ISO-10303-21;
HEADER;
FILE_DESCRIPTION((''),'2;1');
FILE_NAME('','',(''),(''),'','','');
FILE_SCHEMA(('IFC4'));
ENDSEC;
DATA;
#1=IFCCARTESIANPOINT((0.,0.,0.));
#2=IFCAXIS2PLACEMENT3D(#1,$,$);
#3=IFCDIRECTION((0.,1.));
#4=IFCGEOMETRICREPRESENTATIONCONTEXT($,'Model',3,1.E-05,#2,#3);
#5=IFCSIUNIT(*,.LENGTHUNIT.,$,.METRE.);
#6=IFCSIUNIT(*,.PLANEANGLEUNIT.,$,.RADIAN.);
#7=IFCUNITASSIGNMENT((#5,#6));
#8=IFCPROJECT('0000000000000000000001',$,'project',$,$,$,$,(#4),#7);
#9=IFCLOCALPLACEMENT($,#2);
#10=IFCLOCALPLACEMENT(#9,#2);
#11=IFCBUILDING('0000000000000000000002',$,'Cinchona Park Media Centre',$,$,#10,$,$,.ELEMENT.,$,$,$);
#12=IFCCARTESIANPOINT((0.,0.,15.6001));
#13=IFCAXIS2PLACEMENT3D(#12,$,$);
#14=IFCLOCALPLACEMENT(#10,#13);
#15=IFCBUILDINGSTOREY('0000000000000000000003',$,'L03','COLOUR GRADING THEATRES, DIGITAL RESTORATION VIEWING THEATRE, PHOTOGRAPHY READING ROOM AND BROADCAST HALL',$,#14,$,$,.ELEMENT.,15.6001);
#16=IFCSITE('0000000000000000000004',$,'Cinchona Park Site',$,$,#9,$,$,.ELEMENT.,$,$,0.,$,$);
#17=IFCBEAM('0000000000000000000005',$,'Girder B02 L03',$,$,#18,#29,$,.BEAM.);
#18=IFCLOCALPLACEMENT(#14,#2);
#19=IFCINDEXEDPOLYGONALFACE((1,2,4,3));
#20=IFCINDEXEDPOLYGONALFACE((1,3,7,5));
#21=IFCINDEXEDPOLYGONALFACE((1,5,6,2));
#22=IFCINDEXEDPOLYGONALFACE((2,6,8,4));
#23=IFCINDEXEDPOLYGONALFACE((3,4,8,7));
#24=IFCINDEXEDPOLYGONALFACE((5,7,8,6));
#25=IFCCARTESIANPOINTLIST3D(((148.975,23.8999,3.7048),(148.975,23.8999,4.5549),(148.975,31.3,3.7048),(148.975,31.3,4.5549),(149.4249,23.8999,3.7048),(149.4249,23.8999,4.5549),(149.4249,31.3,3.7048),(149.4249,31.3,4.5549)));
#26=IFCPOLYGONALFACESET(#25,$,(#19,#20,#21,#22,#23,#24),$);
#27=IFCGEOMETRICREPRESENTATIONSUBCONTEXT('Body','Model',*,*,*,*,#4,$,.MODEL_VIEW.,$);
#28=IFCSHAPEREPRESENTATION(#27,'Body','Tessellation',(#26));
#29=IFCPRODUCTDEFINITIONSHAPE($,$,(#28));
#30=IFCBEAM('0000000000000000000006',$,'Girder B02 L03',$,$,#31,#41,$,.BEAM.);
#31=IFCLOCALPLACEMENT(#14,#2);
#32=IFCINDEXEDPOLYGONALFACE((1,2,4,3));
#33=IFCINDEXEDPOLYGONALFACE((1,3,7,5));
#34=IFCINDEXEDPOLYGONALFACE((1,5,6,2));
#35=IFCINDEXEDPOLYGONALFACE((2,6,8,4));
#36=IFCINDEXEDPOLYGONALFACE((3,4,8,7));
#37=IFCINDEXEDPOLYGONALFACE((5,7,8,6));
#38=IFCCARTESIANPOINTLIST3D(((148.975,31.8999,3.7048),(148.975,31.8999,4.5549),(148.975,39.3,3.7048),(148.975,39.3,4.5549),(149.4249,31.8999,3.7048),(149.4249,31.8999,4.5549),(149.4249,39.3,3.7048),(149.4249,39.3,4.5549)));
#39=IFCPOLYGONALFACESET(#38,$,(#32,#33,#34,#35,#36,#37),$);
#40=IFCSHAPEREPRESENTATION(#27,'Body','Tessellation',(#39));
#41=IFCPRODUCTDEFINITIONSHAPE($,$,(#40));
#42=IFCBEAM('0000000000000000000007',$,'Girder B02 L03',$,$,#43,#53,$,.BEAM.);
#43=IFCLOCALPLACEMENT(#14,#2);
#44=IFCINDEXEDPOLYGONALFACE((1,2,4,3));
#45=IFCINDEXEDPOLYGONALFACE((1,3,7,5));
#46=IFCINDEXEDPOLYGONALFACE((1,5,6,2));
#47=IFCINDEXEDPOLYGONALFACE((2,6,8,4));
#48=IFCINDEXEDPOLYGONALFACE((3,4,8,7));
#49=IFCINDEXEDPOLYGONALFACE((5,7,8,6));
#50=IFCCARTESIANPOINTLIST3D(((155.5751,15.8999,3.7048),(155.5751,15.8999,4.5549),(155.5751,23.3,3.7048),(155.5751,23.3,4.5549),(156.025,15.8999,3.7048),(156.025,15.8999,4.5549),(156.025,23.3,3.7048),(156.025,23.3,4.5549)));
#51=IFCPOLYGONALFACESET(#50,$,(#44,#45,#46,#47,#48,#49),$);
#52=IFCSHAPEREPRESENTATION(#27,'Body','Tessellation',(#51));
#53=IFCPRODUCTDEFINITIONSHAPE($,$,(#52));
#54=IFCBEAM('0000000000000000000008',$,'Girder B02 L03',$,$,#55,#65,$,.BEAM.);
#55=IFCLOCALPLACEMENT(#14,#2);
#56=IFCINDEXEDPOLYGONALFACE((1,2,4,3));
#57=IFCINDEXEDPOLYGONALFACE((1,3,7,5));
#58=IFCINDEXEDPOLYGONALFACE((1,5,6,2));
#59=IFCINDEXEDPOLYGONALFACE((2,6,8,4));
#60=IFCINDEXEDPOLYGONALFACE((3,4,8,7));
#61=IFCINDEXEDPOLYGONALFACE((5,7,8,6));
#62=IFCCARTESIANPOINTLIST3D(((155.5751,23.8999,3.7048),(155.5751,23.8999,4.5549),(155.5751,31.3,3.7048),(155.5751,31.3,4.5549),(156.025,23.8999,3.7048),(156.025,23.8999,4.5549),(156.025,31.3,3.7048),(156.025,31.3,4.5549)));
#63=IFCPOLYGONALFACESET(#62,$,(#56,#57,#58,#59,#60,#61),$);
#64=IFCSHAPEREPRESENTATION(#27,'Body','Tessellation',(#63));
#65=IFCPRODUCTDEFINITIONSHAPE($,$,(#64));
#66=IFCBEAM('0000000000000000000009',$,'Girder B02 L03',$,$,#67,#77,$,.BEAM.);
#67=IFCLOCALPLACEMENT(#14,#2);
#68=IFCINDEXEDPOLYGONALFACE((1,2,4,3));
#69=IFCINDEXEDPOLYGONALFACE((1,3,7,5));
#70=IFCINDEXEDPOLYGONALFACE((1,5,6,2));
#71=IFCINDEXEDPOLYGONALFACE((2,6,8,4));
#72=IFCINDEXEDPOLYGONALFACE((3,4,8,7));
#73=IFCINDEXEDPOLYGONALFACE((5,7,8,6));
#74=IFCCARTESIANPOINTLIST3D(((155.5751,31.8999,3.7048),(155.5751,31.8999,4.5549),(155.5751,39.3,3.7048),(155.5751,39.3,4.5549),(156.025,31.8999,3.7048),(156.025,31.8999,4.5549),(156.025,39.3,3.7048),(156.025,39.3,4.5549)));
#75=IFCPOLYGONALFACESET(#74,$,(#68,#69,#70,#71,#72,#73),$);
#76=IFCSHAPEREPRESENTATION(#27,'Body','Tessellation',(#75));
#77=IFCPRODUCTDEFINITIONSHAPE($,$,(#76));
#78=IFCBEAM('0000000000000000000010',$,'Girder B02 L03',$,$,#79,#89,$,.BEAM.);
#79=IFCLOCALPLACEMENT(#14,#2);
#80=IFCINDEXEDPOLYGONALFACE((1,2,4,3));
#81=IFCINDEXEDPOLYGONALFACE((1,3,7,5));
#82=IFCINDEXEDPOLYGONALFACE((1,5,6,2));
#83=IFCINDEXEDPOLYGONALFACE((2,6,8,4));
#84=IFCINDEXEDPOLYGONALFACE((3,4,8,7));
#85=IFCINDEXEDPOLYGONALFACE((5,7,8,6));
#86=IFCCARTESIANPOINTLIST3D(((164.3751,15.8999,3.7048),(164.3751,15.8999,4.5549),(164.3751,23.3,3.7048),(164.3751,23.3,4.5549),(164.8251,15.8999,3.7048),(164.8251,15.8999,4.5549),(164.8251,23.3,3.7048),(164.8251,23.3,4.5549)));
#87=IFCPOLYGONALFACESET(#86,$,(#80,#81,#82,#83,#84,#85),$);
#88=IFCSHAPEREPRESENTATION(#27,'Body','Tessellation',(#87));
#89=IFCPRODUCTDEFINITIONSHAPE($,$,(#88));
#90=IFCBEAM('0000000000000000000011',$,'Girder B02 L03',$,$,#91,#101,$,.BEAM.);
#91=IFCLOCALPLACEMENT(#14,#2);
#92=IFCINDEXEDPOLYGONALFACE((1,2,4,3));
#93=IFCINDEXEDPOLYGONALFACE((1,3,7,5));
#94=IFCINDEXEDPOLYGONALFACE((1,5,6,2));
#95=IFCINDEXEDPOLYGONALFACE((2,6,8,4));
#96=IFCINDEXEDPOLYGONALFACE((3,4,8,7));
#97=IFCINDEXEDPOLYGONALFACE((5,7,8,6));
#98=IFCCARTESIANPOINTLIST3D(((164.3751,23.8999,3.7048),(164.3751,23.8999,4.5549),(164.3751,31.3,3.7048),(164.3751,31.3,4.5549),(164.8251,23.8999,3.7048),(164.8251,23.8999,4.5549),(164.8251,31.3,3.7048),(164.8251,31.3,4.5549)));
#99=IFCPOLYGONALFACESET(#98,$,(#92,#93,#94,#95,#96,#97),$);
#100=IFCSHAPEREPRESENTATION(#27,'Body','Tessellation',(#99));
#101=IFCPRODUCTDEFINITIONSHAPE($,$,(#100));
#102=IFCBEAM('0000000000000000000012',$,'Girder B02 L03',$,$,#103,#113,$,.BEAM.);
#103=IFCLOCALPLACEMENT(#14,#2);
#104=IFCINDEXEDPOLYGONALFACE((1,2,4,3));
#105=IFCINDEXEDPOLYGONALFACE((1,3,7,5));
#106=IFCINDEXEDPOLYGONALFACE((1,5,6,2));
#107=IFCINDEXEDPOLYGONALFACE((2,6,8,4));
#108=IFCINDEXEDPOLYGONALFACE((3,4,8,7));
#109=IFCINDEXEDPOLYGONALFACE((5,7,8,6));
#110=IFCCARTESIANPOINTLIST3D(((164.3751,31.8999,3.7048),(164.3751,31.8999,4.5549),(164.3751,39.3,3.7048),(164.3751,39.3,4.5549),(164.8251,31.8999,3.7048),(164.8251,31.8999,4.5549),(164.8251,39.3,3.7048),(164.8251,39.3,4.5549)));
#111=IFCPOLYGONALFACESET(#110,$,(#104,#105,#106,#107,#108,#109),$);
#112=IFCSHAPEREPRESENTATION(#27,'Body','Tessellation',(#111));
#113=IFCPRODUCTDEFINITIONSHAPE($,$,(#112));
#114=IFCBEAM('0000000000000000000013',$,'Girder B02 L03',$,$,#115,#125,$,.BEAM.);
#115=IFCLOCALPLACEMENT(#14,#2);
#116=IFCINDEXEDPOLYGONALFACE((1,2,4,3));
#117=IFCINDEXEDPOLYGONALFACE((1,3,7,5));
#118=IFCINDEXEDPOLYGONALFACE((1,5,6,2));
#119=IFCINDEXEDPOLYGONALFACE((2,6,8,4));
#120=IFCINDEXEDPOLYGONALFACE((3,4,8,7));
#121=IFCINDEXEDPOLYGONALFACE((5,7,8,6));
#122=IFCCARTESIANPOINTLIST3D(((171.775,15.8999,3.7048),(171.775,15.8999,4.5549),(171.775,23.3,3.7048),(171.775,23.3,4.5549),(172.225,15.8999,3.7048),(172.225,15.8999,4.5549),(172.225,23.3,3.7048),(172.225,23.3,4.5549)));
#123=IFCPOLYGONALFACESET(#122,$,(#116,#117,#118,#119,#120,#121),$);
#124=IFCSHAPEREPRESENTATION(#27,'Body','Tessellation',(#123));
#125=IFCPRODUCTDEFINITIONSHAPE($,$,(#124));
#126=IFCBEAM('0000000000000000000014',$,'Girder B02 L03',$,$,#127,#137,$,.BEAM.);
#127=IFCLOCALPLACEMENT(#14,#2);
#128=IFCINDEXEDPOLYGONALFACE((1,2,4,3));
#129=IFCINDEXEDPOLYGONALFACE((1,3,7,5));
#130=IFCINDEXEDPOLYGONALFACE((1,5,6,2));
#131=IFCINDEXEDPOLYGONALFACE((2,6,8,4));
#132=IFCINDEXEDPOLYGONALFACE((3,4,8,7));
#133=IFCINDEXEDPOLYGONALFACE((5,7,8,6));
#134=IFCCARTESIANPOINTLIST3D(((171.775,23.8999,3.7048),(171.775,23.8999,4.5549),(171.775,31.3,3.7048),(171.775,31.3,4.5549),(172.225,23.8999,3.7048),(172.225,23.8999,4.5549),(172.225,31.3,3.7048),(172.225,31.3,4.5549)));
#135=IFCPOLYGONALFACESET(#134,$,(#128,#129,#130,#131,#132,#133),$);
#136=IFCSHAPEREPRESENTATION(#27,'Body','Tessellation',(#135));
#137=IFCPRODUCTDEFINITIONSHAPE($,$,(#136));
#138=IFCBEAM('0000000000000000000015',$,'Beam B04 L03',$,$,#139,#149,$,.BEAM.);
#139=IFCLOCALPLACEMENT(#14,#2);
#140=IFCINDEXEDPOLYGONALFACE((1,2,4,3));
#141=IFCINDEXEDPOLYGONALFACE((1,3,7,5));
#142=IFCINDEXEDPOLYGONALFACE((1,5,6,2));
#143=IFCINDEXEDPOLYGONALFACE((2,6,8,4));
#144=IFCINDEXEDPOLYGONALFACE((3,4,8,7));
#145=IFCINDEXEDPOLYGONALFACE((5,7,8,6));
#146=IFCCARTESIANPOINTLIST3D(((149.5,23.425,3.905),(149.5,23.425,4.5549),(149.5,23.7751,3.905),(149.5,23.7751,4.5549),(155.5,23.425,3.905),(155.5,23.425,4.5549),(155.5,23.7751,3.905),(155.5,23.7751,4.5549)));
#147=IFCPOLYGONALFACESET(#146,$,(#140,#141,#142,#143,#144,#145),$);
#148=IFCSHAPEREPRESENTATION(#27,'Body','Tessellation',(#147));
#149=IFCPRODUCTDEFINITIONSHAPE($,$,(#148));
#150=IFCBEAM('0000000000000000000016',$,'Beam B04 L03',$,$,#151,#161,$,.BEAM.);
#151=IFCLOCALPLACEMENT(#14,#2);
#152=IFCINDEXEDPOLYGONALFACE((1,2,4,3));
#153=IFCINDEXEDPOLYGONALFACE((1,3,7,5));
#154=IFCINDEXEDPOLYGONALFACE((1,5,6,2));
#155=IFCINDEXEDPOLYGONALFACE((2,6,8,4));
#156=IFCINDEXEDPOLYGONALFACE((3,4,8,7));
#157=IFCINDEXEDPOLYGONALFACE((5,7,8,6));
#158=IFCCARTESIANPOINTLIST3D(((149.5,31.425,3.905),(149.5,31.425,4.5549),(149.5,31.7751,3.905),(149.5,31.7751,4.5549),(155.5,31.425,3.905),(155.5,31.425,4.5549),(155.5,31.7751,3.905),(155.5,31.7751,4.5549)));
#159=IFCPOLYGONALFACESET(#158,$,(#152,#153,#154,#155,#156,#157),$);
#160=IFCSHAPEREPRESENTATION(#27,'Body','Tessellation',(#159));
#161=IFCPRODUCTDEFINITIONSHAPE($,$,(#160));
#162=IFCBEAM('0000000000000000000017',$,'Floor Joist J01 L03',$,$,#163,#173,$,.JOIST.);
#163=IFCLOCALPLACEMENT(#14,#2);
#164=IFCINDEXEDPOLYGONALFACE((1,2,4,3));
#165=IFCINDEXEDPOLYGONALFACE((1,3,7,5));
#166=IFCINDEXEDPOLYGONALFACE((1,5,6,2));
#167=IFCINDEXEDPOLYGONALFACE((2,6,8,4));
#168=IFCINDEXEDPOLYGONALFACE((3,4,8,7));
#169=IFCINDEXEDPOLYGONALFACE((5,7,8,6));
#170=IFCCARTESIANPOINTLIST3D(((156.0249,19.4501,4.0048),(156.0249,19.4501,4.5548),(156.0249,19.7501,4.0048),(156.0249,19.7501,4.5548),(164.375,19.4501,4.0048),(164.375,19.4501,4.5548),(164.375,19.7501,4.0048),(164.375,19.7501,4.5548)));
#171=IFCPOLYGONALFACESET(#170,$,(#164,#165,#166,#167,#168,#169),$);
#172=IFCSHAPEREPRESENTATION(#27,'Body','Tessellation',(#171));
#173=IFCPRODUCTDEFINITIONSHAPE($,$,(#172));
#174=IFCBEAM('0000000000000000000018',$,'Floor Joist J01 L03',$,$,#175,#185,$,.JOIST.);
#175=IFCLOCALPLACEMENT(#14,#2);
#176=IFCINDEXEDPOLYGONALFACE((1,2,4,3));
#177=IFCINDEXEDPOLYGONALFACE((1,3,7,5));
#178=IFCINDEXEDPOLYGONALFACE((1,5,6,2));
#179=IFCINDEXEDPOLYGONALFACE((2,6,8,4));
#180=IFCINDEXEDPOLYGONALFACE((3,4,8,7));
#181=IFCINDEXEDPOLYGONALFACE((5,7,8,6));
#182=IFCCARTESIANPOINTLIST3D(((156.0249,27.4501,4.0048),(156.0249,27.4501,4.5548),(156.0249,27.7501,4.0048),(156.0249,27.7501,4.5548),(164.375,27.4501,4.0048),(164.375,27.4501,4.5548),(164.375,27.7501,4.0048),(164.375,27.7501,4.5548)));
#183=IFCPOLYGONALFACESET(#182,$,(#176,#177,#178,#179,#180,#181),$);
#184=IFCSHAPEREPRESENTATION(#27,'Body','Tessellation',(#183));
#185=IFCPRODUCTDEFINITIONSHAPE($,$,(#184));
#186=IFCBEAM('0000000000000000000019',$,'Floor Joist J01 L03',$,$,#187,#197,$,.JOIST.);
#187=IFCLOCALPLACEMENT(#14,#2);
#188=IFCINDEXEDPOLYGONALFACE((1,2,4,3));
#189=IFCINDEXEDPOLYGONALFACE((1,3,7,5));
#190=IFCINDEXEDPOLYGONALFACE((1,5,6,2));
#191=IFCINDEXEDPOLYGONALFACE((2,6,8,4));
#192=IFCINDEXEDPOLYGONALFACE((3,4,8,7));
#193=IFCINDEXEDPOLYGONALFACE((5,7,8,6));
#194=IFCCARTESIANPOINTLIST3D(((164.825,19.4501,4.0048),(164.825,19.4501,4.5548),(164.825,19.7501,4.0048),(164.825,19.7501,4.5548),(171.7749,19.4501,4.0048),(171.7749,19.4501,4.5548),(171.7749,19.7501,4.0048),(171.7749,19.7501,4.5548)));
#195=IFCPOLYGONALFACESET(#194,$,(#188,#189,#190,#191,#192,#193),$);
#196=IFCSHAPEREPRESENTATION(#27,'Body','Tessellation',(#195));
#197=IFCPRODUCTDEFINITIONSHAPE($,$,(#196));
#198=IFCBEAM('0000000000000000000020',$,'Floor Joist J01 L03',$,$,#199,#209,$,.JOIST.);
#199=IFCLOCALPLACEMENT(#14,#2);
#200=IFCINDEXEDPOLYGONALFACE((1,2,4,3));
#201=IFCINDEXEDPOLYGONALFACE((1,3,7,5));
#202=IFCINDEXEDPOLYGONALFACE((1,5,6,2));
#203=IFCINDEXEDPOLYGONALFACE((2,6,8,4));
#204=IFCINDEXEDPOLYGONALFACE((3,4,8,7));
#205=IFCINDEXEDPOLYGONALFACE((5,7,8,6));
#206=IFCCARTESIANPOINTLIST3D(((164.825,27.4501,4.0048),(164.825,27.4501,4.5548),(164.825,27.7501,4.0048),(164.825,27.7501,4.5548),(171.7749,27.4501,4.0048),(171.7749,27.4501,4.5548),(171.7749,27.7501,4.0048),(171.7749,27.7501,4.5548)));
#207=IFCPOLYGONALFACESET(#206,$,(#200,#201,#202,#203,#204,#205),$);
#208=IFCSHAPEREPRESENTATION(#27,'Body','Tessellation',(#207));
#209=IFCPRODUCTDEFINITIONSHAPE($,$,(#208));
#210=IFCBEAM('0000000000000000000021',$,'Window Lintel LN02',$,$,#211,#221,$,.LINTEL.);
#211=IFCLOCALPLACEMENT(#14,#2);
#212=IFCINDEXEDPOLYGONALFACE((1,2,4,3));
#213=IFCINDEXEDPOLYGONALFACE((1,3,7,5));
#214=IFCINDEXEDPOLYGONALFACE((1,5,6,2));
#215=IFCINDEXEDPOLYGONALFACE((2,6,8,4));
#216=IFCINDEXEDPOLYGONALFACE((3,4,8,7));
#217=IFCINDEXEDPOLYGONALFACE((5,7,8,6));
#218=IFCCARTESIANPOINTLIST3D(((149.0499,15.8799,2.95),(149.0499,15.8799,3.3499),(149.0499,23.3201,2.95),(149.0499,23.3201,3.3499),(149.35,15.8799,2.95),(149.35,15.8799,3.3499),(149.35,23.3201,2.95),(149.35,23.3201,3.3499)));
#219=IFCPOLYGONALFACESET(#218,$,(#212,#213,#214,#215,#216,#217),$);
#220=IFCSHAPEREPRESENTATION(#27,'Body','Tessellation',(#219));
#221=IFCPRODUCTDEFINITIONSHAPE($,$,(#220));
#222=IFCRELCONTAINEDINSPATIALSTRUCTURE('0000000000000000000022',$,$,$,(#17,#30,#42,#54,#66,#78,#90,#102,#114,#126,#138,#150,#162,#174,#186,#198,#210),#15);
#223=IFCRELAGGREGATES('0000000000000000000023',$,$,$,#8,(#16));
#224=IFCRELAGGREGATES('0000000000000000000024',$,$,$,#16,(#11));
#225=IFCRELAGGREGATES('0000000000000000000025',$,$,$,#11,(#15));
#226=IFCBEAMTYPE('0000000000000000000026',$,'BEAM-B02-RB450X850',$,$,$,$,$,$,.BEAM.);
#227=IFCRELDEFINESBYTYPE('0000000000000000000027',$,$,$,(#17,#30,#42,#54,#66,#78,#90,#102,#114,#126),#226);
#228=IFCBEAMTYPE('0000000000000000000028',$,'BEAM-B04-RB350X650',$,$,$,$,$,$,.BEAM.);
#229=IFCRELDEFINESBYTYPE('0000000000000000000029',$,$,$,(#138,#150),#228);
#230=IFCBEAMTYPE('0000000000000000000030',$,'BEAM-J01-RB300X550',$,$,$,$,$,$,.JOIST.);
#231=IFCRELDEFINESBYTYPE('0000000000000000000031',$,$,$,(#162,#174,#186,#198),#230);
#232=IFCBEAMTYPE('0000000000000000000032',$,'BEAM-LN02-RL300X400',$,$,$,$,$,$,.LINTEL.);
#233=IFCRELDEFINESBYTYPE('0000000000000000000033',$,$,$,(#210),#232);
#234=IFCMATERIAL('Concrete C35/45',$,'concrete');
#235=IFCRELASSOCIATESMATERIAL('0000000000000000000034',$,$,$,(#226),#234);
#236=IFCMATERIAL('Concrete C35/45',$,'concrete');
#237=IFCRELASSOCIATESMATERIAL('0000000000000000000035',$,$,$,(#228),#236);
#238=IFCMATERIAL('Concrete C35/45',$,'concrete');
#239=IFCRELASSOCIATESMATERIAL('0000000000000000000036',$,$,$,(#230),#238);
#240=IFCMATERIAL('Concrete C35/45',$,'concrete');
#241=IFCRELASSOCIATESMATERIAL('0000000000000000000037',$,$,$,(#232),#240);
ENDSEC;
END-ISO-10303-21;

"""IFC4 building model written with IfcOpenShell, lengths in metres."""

from ifc_helpers import new_model, si_unit, direction, frame, origin, origin_2d, place, context, subcontext, project, spatial, rectangle, extrude, material, material_profile, profile_set, type_object, element, save


model = new_model("IFC4")

# Units and contexts
model_context = context("Model", 3, precision=1e-05, world=origin(), true_north=direction((0.0, 1.0)))
body_context = subcontext(model_context, "Body", "Model", "MODEL_VIEW")
ifc_project = project(units=[si_unit("LENGTHUNIT", "METRE"), si_unit("PLANEANGLEUNIT", "RADIAN")], contexts=[model_context])

# Site, building, storey
site_placement = place(None, origin())
site = spatial("IfcSite", under=ifc_project, at=site_placement, Name="Cinchona Park Site", CompositionType="ELEMENT", RefElevation=0.0)
building_placement = place(site_placement, origin())
building = spatial("IfcBuilding", under=site, at=building_placement, Name="Cinchona Park Media Centre", CompositionType="ELEMENT")
storey_placement = place(building_placement, frame((0.0, 0.0, 15.6001)))
storey = spatial("IfcBuildingStorey", under=building, at=storey_placement, Name="L03", Description="COLOUR GRADING THEATRES, DIGITAL RESTORATION VIEWING THEATRE, PHOTOGRAPHY READING ROOM AND BROADCAST HALL", CompositionType="ELEMENT", Elevation=15.6001)

# Beams
ifc_material_1 = material(Name="Concrete C35/45", Category="concrete")
ifc_material_profile_1 = material_profile(ifc_material_1, rectangle(XDim=0.45, YDim=0.8501, at=origin_2d()), Name="RB 450X850")
ifc_profile_set_1 = profile_set([ifc_material_profile_1], Name="Concrete C35/45")
beam_type_1 = type_object("IfcBeamType", Name="BEAM-B02-RB450X850", PredefinedType="BEAM", material=ifc_profile_set_1)
for number, where, z_axis, x_axis, name in (
    (1, (149.2, 23.8999, 4.1299), (0.0, 1.0, 0.0), (-1.0, 0.0, 0.0), "Girder B02 L03"),
    (2, (149.2, 31.8999, 4.1299), (0.0, 1.0, 0.0), (-1.0, 0.0, 0.0), "Girder B02 L03"),
    (3, (155.8, 15.8999, 4.1299), (0.0, 1.0, 0.0), (-1.0, 0.0, 0.0), "Girder B02 L03"),
    (4, (155.8, 23.8999, 4.1299), (0.0, 1.0, 0.0), (-1.0, 0.0, 0.0), "Girder B02 L03"),
    (5, (155.8, 31.8999, 4.1299), (0.0, 1.0, 0.0), (-1.0, 0.0, 0.0), "Girder B02 L03"),
    (6, (164.6001, 15.8999, 4.1299), (0.0, 1.0, 0.0), (-1.0, 0.0, 0.0), "Girder B02 L03"),
    (7, (164.6001, 23.8999, 4.1299), (0.0, 1.0, 0.0), (-1.0, 0.0, 0.0), "Girder B02 L03"),
    (8, (164.6001, 31.8999, 4.1299), (0.0, 1.0, 0.0), (-1.0, 0.0, 0.0), "Girder B02 L03"),
    (9, (172.0, 15.8999, 4.1299), (0.0, 1.0, 0.0), (-1.0, 0.0, 0.0), "Girder B02 L03"),
    (10, (172.0, 23.8999, 4.1299), (0.0, 1.0, 0.0), (-1.0, 0.0, 0.0), "Girder B02 L03"),
):
    element("IfcBeam", number, at=place(storey_placement, frame(where, z_axis=z_axis, x_axis=x_axis)), inside=storey, type_object=beam_type_1, Name=name, PredefinedType="BEAM", context=body_context, shape_type="SweptSolid", body=[
        extrude(rectangle(XDim=0.45, YDim=0.8501, at=origin_2d()), origin(), (0.0, 0.0, 1.0), 7.4001),
    ])
ifc_material_2 = material(Name="Concrete C35/45", Category="concrete")
ifc_material_profile_2 = material_profile(ifc_material_2, rectangle(XDim=0.3501, YDim=0.6499, at=origin_2d()), Name="RB 350X650")
ifc_profile_set_2 = profile_set([ifc_material_profile_2], Name="Concrete C35/45")
beam_type_2 = type_object("IfcBeamType", Name="BEAM-B04-RB350X650", PredefinedType="BEAM", material=ifc_profile_set_2)
for number, where, z_axis, x_axis, name in (
    (11, (149.5, 23.6001, 4.23), (1.0, 0.0, 0.0), (0.0, 1.0, 0.0), "Beam B04 L03"),
    (12, (149.5, 31.6001, 4.23), (1.0, 0.0, 0.0), (0.0, 1.0, 0.0), "Beam B04 L03"),
):
    element("IfcBeam", number, at=place(storey_placement, frame(where, z_axis=z_axis, x_axis=x_axis)), inside=storey, type_object=beam_type_2, Name=name, PredefinedType="BEAM", context=body_context, shape_type="SweptSolid", body=[
        extrude(rectangle(XDim=0.3501, YDim=0.6499, at=origin_2d()), origin(), (0.0, 0.0, 1.0), 6.0),
    ])
ifc_material_3 = material(Name="Concrete C35/45", Category="concrete")
ifc_material_profile_3 = material_profile(ifc_material_3, rectangle(XDim=0.3, YDim=0.55, at=origin_2d()), Name="RB 300X550")
ifc_profile_set_3 = profile_set([ifc_material_profile_3], Name="Concrete C35/45")
beam_type_3 = type_object("IfcBeamType", Name="BEAM-J01-RB300X550", PredefinedType="JOIST", material=ifc_profile_set_3)
for number, where, z_axis, x_axis, name in (
    (13, (156.0249, 19.6001, 4.2798), (1.0, 0.0, 0.0), (0.0, 1.0, 0.0), "Floor Joist J01 L03"),
    (14, (156.0249, 27.6001, 4.2798), (1.0, 0.0, 0.0), (0.0, 1.0, 0.0), "Floor Joist J01 L03"),
):
    element("IfcBeam", number, at=place(storey_placement, frame(where, z_axis=z_axis, x_axis=x_axis)), inside=storey, type_object=beam_type_3, Name=name, PredefinedType="JOIST", context=body_context, shape_type="SweptSolid", body=[
        extrude(rectangle(XDim=0.3, YDim=0.55, at=origin_2d()), origin(), (0.0, 0.0, 1.0), 8.3501),
    ])
for number, where, z_axis, x_axis, name in (
    (15, (164.825, 19.6001, 4.2798), (1.0, 0.0, 0.0), (0.0, 1.0, 0.0), "Floor Joist J01 L03"),
    (16, (164.825, 27.6001, 4.2798), (1.0, 0.0, 0.0), (0.0, 1.0, 0.0), "Floor Joist J01 L03"),
):
    element("IfcBeam", number, at=place(storey_placement, frame(where, z_axis=z_axis, x_axis=x_axis)), inside=storey, type_object=beam_type_3, Name=name, PredefinedType="JOIST", context=body_context, shape_type="SweptSolid", body=[
        extrude(rectangle(XDim=0.3, YDim=0.55, at=origin_2d()), origin(), (0.0, 0.0, 1.0), 6.95),
    ])
ifc_material_4 = material(Name="Concrete C35/45", Category="concrete")
ifc_material_profile_4 = material_profile(ifc_material_4, rectangle(XDim=0.3, YDim=0.3999, at=origin_2d()), Name="RL 300X400")
ifc_profile_set_4 = profile_set([ifc_material_profile_4], Name="Concrete C35/45")
beam_type_4 = type_object("IfcBeamType", Name="BEAM-LN02-RL300X400", PredefinedType="LINTEL", material=ifc_profile_set_4)
for number, where, z_axis, x_axis, name in (
    (17, (149.2, 15.8799, 3.1499), (0.0, 1.0, 0.0), (-1.0, 0.0, 0.0), "Window Lintel LN02"),
):
    element("IfcBeam", number, at=place(storey_placement, frame(where, z_axis=z_axis, x_axis=x_axis)), inside=storey, type_object=beam_type_4, Name=name, PredefinedType="LINTEL", context=body_context, shape_type="SweptSolid", body=[
        extrude(rectangle(XDim=0.3, YDim=0.3999, at=origin_2d()), origin(), (0.0, 0.0, 1.0), 7.4402),
    ])

save(model, "model.ifc")
